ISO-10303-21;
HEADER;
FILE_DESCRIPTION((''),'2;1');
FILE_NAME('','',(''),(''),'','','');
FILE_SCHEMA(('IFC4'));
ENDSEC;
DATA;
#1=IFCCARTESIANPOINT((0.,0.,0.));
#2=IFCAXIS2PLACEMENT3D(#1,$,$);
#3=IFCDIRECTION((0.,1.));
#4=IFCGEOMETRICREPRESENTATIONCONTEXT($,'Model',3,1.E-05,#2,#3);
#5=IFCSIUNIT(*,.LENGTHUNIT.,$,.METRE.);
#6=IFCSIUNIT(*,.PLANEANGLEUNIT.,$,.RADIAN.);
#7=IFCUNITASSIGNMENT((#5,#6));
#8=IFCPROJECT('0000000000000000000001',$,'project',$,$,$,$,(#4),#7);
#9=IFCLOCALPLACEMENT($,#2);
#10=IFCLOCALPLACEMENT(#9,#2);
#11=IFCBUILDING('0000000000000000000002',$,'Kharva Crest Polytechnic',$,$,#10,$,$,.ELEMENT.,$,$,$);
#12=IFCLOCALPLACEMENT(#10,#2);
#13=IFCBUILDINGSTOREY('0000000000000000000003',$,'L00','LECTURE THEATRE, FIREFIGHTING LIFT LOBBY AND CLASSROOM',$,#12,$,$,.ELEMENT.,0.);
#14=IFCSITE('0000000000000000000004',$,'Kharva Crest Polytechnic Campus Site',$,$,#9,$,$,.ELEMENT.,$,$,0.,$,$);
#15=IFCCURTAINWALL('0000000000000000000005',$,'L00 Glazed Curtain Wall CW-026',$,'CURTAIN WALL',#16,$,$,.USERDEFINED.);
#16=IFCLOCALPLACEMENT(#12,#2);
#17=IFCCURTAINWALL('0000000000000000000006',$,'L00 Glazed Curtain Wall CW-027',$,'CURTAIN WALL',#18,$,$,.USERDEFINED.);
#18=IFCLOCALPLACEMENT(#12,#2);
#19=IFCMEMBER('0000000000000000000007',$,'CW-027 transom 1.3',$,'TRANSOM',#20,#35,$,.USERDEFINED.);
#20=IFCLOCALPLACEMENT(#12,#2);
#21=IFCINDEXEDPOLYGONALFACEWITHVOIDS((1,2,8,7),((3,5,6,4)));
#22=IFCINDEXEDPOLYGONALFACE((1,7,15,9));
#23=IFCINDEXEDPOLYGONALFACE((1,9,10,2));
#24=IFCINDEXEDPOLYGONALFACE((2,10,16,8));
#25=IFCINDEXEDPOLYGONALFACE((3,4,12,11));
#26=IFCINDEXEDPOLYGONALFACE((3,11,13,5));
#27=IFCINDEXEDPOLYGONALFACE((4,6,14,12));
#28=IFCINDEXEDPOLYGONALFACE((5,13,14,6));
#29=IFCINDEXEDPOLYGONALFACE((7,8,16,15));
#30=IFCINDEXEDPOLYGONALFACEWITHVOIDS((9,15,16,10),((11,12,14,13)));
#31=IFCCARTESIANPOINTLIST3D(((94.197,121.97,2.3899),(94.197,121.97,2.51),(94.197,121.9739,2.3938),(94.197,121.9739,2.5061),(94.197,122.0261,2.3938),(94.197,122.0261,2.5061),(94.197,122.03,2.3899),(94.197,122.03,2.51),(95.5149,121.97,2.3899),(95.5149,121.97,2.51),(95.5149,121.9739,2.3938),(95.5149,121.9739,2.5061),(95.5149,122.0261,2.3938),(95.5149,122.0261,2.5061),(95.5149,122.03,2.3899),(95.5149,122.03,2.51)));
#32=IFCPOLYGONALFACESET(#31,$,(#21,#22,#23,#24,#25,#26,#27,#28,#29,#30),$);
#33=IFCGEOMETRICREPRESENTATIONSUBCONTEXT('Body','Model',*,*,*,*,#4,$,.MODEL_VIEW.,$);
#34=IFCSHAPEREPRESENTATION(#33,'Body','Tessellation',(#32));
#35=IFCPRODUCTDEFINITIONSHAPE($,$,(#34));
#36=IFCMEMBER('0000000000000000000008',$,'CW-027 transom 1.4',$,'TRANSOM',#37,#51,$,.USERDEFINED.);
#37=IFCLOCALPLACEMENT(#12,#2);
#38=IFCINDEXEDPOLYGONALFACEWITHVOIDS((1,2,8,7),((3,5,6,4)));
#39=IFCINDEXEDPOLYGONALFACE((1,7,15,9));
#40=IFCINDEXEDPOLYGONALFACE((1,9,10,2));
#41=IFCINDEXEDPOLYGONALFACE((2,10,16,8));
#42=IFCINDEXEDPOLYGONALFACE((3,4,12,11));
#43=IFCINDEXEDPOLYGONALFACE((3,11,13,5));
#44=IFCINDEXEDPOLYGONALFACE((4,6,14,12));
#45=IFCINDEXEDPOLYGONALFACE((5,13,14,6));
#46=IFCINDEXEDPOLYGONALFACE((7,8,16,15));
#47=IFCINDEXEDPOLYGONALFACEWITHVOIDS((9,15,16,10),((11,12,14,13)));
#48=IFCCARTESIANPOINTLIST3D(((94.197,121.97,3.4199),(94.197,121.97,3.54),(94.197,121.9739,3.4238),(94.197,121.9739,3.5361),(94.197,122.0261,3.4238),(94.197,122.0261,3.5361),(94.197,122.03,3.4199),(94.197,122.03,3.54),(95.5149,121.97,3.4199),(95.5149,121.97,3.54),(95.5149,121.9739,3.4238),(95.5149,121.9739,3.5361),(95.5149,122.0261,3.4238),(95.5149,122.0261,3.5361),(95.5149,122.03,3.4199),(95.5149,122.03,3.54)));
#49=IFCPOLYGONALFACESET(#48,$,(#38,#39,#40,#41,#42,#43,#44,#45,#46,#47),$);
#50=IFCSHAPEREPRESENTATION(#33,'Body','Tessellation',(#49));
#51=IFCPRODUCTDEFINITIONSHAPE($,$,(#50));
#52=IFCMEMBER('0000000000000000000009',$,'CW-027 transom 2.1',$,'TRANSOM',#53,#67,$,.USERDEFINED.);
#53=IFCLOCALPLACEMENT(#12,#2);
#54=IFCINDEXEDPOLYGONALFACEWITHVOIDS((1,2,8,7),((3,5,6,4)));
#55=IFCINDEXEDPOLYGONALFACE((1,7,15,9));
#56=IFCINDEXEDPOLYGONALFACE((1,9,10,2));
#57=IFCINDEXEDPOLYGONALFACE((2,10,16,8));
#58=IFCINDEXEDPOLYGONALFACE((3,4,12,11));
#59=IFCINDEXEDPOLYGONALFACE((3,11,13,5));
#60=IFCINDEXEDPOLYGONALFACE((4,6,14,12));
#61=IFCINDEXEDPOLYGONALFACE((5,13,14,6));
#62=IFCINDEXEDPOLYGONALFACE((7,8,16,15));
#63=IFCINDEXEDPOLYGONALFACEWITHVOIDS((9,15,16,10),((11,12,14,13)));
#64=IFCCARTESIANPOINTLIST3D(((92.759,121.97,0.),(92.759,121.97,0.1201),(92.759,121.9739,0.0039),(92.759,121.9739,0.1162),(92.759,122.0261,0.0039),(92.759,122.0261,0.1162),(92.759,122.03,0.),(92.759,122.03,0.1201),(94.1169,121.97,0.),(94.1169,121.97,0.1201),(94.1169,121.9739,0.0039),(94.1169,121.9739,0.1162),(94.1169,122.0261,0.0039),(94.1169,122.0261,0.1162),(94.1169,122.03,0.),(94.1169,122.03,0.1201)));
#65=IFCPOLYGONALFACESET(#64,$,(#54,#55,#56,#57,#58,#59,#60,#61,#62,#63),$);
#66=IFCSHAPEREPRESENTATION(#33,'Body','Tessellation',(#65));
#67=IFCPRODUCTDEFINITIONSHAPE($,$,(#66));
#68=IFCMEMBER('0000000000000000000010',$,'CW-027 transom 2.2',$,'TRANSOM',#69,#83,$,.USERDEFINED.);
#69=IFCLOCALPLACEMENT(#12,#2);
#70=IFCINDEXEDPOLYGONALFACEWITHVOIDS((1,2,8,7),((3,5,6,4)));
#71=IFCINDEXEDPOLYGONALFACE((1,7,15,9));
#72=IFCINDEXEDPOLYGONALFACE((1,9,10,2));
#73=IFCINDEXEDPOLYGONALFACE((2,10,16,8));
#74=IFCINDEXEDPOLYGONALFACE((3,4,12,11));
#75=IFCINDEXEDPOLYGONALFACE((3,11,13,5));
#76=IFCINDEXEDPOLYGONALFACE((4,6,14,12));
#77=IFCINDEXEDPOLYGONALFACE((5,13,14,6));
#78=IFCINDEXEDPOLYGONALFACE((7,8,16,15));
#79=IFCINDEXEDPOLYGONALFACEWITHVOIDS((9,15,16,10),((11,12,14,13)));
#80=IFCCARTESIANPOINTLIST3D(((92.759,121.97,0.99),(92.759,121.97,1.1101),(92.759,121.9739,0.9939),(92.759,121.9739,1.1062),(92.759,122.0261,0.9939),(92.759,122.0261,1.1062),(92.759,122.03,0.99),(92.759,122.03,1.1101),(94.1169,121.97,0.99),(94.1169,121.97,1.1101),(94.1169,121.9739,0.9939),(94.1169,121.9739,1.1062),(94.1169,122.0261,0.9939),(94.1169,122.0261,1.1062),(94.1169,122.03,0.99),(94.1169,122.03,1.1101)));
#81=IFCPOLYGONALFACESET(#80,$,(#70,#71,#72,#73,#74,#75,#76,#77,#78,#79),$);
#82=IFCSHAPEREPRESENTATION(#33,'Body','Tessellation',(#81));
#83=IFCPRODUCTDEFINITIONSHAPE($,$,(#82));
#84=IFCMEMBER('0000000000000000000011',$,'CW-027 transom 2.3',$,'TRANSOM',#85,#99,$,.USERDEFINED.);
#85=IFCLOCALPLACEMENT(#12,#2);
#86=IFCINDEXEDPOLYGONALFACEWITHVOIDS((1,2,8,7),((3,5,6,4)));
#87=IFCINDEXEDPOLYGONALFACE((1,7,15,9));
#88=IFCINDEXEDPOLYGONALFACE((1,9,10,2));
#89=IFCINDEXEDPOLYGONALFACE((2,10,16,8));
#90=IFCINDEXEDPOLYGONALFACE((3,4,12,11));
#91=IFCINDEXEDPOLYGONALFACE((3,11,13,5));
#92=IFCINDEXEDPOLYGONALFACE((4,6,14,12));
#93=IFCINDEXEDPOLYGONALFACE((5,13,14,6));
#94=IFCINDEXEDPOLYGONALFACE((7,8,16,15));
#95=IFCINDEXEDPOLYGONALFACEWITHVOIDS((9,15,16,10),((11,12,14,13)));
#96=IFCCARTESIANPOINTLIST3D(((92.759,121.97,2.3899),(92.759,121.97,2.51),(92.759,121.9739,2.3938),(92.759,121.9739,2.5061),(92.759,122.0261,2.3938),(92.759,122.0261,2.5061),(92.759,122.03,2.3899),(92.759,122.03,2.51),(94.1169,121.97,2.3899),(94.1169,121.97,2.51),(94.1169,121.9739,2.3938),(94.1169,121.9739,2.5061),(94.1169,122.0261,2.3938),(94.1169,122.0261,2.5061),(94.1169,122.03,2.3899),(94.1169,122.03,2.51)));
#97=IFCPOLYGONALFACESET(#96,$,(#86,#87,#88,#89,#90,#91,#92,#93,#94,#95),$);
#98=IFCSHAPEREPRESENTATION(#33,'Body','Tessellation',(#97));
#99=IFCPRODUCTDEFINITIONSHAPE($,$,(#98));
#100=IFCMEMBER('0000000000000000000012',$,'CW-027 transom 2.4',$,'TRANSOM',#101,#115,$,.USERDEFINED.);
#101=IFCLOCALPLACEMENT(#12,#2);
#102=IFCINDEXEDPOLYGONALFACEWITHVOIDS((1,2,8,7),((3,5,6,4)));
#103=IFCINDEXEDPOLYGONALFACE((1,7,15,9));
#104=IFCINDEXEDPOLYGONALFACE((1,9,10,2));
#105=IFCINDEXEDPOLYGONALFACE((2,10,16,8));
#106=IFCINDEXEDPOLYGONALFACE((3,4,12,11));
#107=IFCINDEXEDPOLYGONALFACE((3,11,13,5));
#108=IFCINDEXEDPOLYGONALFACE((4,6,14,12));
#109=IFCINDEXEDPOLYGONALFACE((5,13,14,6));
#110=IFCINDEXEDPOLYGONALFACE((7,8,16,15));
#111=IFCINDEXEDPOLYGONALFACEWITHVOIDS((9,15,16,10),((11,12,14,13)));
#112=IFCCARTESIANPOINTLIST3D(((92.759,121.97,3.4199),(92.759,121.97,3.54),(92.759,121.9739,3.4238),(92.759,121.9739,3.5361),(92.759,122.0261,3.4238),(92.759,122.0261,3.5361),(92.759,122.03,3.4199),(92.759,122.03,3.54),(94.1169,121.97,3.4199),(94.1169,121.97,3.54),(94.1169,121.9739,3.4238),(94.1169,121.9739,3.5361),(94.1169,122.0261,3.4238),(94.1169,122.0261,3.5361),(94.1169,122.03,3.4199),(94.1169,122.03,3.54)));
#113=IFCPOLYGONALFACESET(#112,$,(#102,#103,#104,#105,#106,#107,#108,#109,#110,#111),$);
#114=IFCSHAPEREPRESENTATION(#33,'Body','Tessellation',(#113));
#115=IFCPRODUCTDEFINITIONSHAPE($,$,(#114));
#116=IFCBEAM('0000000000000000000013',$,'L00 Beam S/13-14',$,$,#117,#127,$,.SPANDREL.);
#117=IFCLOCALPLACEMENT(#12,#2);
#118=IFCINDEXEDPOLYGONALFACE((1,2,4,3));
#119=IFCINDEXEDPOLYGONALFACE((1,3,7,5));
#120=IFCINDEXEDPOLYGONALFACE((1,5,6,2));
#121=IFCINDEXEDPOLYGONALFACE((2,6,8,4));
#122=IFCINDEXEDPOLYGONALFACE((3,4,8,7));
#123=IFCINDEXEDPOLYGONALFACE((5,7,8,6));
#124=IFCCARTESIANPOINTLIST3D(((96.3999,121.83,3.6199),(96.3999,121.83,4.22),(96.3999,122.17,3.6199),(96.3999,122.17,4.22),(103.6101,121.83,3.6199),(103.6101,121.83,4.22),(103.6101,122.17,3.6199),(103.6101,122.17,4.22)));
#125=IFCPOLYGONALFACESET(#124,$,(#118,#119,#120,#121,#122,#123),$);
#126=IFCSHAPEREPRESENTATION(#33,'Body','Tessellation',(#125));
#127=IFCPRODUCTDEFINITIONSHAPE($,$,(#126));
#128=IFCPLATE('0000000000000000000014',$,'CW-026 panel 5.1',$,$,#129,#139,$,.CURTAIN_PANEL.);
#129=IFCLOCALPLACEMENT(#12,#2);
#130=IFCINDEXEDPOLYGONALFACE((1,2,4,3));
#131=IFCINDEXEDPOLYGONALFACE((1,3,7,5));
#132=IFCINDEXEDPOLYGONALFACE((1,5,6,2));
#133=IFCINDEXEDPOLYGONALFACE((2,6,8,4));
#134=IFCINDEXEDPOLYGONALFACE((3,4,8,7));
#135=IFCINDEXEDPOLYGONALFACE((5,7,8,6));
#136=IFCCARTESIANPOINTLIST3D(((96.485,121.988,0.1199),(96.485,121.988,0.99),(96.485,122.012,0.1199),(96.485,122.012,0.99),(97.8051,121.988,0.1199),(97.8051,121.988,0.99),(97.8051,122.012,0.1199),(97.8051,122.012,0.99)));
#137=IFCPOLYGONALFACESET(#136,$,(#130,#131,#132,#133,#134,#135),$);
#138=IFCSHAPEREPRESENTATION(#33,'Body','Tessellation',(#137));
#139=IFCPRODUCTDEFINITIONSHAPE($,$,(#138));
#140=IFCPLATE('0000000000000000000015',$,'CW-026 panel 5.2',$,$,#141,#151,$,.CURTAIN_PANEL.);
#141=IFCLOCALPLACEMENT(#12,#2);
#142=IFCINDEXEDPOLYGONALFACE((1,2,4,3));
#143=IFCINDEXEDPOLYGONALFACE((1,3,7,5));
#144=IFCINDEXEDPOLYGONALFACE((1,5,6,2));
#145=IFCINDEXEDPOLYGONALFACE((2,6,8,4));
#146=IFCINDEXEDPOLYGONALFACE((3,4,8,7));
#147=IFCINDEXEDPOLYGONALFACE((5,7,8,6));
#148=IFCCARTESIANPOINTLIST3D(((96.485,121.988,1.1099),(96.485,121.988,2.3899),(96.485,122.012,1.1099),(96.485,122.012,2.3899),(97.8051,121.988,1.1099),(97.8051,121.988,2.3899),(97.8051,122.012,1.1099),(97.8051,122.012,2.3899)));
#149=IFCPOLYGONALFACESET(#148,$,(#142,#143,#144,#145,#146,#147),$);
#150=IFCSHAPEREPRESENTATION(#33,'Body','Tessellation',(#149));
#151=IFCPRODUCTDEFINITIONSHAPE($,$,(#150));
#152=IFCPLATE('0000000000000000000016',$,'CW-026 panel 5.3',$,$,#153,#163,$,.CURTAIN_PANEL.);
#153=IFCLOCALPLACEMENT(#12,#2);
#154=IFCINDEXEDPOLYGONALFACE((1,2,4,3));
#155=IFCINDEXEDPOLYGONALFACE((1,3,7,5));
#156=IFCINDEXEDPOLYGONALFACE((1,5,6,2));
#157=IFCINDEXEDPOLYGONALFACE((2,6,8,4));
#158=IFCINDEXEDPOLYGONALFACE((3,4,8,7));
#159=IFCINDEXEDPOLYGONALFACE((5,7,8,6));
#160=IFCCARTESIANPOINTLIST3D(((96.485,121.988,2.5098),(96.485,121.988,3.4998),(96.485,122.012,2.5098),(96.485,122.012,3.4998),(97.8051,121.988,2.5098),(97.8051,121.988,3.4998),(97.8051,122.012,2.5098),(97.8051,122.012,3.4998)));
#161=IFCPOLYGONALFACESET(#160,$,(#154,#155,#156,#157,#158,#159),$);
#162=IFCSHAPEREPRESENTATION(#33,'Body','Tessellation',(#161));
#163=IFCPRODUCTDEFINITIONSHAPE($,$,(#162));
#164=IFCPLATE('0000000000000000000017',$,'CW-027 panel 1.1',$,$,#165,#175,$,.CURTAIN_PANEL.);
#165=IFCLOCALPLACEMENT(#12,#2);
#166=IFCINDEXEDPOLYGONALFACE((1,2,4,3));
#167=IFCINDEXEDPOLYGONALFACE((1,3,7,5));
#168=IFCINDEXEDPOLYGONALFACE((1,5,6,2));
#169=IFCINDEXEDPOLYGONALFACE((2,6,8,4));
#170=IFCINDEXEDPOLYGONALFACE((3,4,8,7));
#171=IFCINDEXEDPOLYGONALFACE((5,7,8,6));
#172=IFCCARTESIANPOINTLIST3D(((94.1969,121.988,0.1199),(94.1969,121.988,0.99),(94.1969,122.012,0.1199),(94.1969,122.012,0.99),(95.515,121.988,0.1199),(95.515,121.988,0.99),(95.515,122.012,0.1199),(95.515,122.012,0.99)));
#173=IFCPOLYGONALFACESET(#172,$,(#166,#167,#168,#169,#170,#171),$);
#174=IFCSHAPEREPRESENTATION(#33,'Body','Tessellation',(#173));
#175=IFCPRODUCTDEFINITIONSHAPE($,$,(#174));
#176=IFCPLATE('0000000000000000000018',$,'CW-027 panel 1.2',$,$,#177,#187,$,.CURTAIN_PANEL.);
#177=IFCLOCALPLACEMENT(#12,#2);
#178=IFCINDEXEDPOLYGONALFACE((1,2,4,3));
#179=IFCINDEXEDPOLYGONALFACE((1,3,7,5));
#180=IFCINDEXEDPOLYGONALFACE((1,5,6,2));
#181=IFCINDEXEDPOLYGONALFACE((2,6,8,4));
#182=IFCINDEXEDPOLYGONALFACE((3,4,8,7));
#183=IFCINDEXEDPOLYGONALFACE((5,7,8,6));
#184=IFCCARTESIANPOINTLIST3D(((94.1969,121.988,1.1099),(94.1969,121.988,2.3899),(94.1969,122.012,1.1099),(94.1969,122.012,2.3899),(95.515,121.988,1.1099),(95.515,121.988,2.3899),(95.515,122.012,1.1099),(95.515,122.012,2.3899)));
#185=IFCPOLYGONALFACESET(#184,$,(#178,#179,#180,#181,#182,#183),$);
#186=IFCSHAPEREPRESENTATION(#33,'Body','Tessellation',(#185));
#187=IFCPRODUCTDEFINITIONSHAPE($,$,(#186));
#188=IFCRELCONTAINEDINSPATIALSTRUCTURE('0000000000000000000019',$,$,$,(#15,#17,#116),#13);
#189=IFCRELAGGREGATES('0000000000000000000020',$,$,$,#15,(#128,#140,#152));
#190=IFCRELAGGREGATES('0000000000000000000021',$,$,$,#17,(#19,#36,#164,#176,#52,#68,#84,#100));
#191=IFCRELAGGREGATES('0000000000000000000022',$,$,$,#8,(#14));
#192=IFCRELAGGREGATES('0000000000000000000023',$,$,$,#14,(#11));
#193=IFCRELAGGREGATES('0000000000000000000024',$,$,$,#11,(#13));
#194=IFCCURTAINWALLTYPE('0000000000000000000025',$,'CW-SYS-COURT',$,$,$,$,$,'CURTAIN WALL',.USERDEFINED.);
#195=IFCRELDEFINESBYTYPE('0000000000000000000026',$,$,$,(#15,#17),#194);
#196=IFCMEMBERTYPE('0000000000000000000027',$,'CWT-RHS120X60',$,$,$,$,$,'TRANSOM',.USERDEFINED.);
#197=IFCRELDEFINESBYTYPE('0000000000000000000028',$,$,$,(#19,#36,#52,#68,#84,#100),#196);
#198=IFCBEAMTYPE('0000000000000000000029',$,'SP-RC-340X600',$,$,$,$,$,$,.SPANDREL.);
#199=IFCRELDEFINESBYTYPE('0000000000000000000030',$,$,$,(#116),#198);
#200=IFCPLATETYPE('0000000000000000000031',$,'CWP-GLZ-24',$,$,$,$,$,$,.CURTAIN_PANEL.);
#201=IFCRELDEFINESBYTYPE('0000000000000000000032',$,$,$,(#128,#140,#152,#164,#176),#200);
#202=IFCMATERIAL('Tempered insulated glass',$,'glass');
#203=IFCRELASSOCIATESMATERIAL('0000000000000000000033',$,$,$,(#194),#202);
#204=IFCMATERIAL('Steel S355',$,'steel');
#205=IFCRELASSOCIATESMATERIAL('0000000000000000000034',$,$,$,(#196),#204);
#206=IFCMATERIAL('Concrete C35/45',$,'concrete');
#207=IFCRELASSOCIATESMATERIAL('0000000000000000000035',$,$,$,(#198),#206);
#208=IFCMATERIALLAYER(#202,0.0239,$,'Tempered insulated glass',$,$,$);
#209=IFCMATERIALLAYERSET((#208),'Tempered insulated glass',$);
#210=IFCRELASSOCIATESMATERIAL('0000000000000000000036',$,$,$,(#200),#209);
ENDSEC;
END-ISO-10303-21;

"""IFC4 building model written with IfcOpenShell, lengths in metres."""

from ifc_helpers import new_model, si_unit, direction, frame, origin, origin_2d, place, context, subcontext, project, spatial, rectangle, hollow_rectangle, extrude, material, layer, layer_set, material_profile, profile_set, type_object, element, aggregate, save


model = new_model("IFC4")

# Units and contexts
model_context = context("Model", 3, precision=1e-05, world=origin(), true_north=direction((0.0, 1.0)))
body_context = subcontext(model_context, "Body", "Model", "MODEL_VIEW")
ifc_project = project(units=[si_unit("LENGTHUNIT", "METRE"), si_unit("PLANEANGLEUNIT", "RADIAN")], contexts=[model_context])

# Site, building, storey
site_placement = place(None, origin())
site = spatial("IfcSite", under=ifc_project, at=site_placement, Name="Kharva Crest Polytechnic Campus Site", CompositionType="ELEMENT", RefElevation=0.0)
building_placement = place(site_placement, origin())
building = spatial("IfcBuilding", under=site, at=building_placement, Name="Kharva Crest Polytechnic", CompositionType="ELEMENT")
storey_placement = place(building_placement, origin())
storey = spatial("IfcBuildingStorey", under=building, at=storey_placement, Name="L00", Description="LECTURE THEATRE, FIREFIGHTING LIFT LOBBY AND CLASSROOM", CompositionType="ELEMENT", Elevation=0.0)

# Shared definitions
ifc_material_1 = material(Name="Concrete C35/45", Category="concrete")

# Curtain wall
ifc_material_2 = material(Name="Tempered insulated glass", Category="glass")
curtain_wall_type = type_object("IfcCurtainWallType", Name="CW-SYS-COURT", ElementType="CURTAIN WALL", PredefinedType="USERDEFINED", material=ifc_material_2)
curtain_wall_1_placement = place(storey_placement, origin())
curtain_wall_1 = element("IfcCurtainWall", 1, at=curtain_wall_1_placement, inside=storey, type_object=curtain_wall_type, Name="L00 Glazed Curtain Wall CW-026", ObjectType="CURTAIN WALL", PredefinedType="USERDEFINED")
ifc_material_3 = material(Name="Steel S355", Category="steel")

# Curtain wall
curtain_wall_2_placement = place(storey_placement, origin())
curtain_wall_2 = element("IfcCurtainWall", 2, at=curtain_wall_2_placement, inside=storey, type_object=curtain_wall_type, Name="L00 Glazed Curtain Wall CW-027", ObjectType="CURTAIN WALL", PredefinedType="USERDEFINED")

# Members
ifc_material_profile_1 = material_profile(ifc_material_3, hollow_rectangle(XDim=0.0601, YDim=0.1201, WallThickness=0.0039, at=origin_2d()), Name="RHS 120X60X4.0")
ifc_profile_set_1 = profile_set([ifc_material_profile_1], Name="Steel S355")
member_type_1 = type_object("IfcMemberType", Name="CWT-RHS120X60", ElementType="TRANSOM", PredefinedType="USERDEFINED", material=ifc_profile_set_1)
member_1_placement = place(storey_placement, frame((95.5149, 122.0, 2.45), z_axis=(-1.0, 0.0, 0.0), x_axis=(0.0, -1.0, 0.0)))
member_1 = element("IfcMember", 3, at=member_1_placement, type_object=member_type_1, Name="CW-027 transom 1.3", ObjectType="TRANSOM", PredefinedType="USERDEFINED", context=body_context, shape_type="SweptSolid", body=[
    extrude(hollow_rectangle(XDim=0.0601, YDim=0.1201, WallThickness=0.0039, at=origin_2d()), origin(), (0.0, 0.0, 1.0), 1.3179),
])
member_2_placement = place(storey_placement, frame((95.5149, 122.0, 3.48), z_axis=(-1.0, 0.0, 0.0), x_axis=(0.0, -1.0, 0.0)))
member_2 = element("IfcMember", 4, at=member_2_placement, type_object=member_type_1, Name="CW-027 transom 1.4", ObjectType="TRANSOM", PredefinedType="USERDEFINED", context=body_context, shape_type="SweptSolid", body=[
    extrude(hollow_rectangle(XDim=0.0601, YDim=0.1201, WallThickness=0.0039, at=origin_2d()), origin(), (0.0, 0.0, 1.0), 1.3179),
])
member_3_placement = place(storey_placement, frame((94.1169, 122.0, 0.0601), z_axis=(-1.0, 0.0, 0.0), x_axis=(0.0, -1.0, 0.0)))
member_3 = element("IfcMember", 5, at=member_3_placement, type_object=member_type_1, Name="CW-027 transom 2.1", ObjectType="TRANSOM", PredefinedType="USERDEFINED", context=body_context, shape_type="SweptSolid", body=[
    extrude(hollow_rectangle(XDim=0.0601, YDim=0.1201, WallThickness=0.0039, at=origin_2d()), origin(), (0.0, 0.0, 1.0), 1.3579),
])
member_4_placement = place(storey_placement, frame((94.1169, 122.0, 1.05), z_axis=(-1.0, 0.0, 0.0), x_axis=(0.0, -1.0, 0.0)))
member_4 = element("IfcMember", 6, at=member_4_placement, type_object=member_type_1, Name="CW-027 transom 2.2", ObjectType="TRANSOM", PredefinedType="USERDEFINED", context=body_context, shape_type="SweptSolid", body=[
    extrude(hollow_rectangle(XDim=0.0601, YDim=0.1201, WallThickness=0.0039, at=origin_2d()), origin(), (0.0, 0.0, 1.0), 1.3579),
])
member_5_placement = place(storey_placement, frame((94.1169, 122.0, 2.45), z_axis=(-1.0, 0.0, 0.0), x_axis=(0.0, -1.0, 0.0)))
member_5 = element("IfcMember", 7, at=member_5_placement, type_object=member_type_1, Name="CW-027 transom 2.3", ObjectType="TRANSOM", PredefinedType="USERDEFINED", context=body_context, shape_type="SweptSolid", body=[
    extrude(hollow_rectangle(XDim=0.0601, YDim=0.1201, WallThickness=0.0039, at=origin_2d()), origin(), (0.0, 0.0, 1.0), 1.3579),
])
member_6_placement = place(storey_placement, frame((94.1169, 122.0, 3.48), z_axis=(-1.0, 0.0, 0.0), x_axis=(0.0, -1.0, 0.0)))
member_6 = element("IfcMember", 8, at=member_6_placement, type_object=member_type_1, Name="CW-027 transom 2.4", ObjectType="TRANSOM", PredefinedType="USERDEFINED", context=body_context, shape_type="SweptSolid", body=[
    extrude(hollow_rectangle(XDim=0.0601, YDim=0.1201, WallThickness=0.0039, at=origin_2d()), origin(), (0.0, 0.0, 1.0), 1.3579),
])

# Beam
ifc_material_profile_2 = material_profile(ifc_material_1, rectangle(XDim=0.3401, YDim=0.6001, at=origin_2d()), Name="RECT 340 X 600")
ifc_profile_set_2 = profile_set([ifc_material_profile_2], Name="Concrete C35/45")
beam_type_1 = type_object("IfcBeamType", Name="SP-RC-340X600", PredefinedType="SPANDREL", material=ifc_profile_set_2)
beam_1_placement = place(storey_placement, frame((96.3999, 122.0, 3.9199), z_axis=(1.0, 0.0, 0.0), x_axis=(0.0, 1.0, 0.0)))
element("IfcBeam", 9, at=beam_1_placement, inside=storey, type_object=beam_type_1, Name="L00 Beam S/13-14", PredefinedType="SPANDREL", context=body_context, shape_type="SweptSolid", body=[
    extrude(rectangle(XDim=0.3401, YDim=0.6001, at=origin_2d()), origin(), (0.0, 0.0, 1.0), 7.2102),
])

# Plates
ifc_layer = layer(ifc_material_2, 0.0239, Name="Tempered insulated glass")
ifc_layer_set = layer_set([ifc_layer], Name="Tempered insulated glass")
plate_type = type_object("IfcPlateType", Name="CWP-GLZ-24", PredefinedType="CURTAIN_PANEL", material=ifc_layer_set)
plate_1_placement = place(storey_placement, frame((97.145, 122.0, 0.1199), z_axis=(0.0, 0.0, 1.0), x_axis=(-1.0, 0.0, 0.0)))
plate_1 = element("IfcPlate", 10, at=plate_1_placement, type_object=plate_type, Name="CW-026 panel 5.1", PredefinedType="CURTAIN_PANEL", context=body_context, shape_type="SweptSolid", body=[
    extrude(rectangle(XDim=1.3201, YDim=0.0239, at=origin_2d()), origin(), (0.0, 0.0, 1.0), 0.8701),
])
plate_2_placement = place(storey_placement, frame((97.145, 122.0, 1.1099), z_axis=(0.0, 0.0, 1.0), x_axis=(-1.0, 0.0, 0.0)))
plate_2 = element("IfcPlate", 11, at=plate_2_placement, type_object=plate_type, Name="CW-026 panel 5.2", PredefinedType="CURTAIN_PANEL", context=body_context, shape_type="SweptSolid", body=[
    extrude(rectangle(XDim=1.3201, YDim=0.0239, at=origin_2d()), origin(), (0.0, 0.0, 1.0), 1.28),
])
plate_3_placement = place(storey_placement, frame((97.145, 122.0, 2.5098), z_axis=(0.0, 0.0, 1.0), x_axis=(-1.0, 0.0, 0.0)))
plate_3 = element("IfcPlate", 12, at=plate_3_placement, type_object=plate_type, Name="CW-026 panel 5.3", PredefinedType="CURTAIN_PANEL", context=body_context, shape_type="SweptSolid", body=[
    extrude(rectangle(XDim=1.3201, YDim=0.0239, at=origin_2d()), origin(), (0.0, 0.0, 1.0), 0.99),
])
aggregate(curtain_wall_1, [plate_1, plate_2, plate_3])
plate_4_placement = place(storey_placement, frame((94.856, 122.0, 0.1199), z_axis=(0.0, 0.0, 1.0), x_axis=(-1.0, 0.0, 0.0)))
plate_4 = element("IfcPlate", 13, at=plate_4_placement, type_object=plate_type, Name="CW-027 panel 1.1", PredefinedType="CURTAIN_PANEL", context=body_context, shape_type="SweptSolid", body=[
    extrude(rectangle(XDim=1.3181, YDim=0.0239, at=origin_2d()), origin(), (0.0, 0.0, 1.0), 0.8701),
])
plate_5_placement = place(storey_placement, frame((94.856, 122.0, 1.1099), z_axis=(0.0, 0.0, 1.0), x_axis=(-1.0, 0.0, 0.0)))
plate_5 = element("IfcPlate", 14, at=plate_5_placement, type_object=plate_type, Name="CW-027 panel 1.2", PredefinedType="CURTAIN_PANEL", context=body_context, shape_type="SweptSolid", body=[
    extrude(rectangle(XDim=1.3181, YDim=0.0239, at=origin_2d()), origin(), (0.0, 0.0, 1.0), 1.28),
])
aggregate(curtain_wall_2, [member_1, member_2, plate_4, plate_5, member_3, member_4, member_5, member_6])

save(model, "model.ifc")
